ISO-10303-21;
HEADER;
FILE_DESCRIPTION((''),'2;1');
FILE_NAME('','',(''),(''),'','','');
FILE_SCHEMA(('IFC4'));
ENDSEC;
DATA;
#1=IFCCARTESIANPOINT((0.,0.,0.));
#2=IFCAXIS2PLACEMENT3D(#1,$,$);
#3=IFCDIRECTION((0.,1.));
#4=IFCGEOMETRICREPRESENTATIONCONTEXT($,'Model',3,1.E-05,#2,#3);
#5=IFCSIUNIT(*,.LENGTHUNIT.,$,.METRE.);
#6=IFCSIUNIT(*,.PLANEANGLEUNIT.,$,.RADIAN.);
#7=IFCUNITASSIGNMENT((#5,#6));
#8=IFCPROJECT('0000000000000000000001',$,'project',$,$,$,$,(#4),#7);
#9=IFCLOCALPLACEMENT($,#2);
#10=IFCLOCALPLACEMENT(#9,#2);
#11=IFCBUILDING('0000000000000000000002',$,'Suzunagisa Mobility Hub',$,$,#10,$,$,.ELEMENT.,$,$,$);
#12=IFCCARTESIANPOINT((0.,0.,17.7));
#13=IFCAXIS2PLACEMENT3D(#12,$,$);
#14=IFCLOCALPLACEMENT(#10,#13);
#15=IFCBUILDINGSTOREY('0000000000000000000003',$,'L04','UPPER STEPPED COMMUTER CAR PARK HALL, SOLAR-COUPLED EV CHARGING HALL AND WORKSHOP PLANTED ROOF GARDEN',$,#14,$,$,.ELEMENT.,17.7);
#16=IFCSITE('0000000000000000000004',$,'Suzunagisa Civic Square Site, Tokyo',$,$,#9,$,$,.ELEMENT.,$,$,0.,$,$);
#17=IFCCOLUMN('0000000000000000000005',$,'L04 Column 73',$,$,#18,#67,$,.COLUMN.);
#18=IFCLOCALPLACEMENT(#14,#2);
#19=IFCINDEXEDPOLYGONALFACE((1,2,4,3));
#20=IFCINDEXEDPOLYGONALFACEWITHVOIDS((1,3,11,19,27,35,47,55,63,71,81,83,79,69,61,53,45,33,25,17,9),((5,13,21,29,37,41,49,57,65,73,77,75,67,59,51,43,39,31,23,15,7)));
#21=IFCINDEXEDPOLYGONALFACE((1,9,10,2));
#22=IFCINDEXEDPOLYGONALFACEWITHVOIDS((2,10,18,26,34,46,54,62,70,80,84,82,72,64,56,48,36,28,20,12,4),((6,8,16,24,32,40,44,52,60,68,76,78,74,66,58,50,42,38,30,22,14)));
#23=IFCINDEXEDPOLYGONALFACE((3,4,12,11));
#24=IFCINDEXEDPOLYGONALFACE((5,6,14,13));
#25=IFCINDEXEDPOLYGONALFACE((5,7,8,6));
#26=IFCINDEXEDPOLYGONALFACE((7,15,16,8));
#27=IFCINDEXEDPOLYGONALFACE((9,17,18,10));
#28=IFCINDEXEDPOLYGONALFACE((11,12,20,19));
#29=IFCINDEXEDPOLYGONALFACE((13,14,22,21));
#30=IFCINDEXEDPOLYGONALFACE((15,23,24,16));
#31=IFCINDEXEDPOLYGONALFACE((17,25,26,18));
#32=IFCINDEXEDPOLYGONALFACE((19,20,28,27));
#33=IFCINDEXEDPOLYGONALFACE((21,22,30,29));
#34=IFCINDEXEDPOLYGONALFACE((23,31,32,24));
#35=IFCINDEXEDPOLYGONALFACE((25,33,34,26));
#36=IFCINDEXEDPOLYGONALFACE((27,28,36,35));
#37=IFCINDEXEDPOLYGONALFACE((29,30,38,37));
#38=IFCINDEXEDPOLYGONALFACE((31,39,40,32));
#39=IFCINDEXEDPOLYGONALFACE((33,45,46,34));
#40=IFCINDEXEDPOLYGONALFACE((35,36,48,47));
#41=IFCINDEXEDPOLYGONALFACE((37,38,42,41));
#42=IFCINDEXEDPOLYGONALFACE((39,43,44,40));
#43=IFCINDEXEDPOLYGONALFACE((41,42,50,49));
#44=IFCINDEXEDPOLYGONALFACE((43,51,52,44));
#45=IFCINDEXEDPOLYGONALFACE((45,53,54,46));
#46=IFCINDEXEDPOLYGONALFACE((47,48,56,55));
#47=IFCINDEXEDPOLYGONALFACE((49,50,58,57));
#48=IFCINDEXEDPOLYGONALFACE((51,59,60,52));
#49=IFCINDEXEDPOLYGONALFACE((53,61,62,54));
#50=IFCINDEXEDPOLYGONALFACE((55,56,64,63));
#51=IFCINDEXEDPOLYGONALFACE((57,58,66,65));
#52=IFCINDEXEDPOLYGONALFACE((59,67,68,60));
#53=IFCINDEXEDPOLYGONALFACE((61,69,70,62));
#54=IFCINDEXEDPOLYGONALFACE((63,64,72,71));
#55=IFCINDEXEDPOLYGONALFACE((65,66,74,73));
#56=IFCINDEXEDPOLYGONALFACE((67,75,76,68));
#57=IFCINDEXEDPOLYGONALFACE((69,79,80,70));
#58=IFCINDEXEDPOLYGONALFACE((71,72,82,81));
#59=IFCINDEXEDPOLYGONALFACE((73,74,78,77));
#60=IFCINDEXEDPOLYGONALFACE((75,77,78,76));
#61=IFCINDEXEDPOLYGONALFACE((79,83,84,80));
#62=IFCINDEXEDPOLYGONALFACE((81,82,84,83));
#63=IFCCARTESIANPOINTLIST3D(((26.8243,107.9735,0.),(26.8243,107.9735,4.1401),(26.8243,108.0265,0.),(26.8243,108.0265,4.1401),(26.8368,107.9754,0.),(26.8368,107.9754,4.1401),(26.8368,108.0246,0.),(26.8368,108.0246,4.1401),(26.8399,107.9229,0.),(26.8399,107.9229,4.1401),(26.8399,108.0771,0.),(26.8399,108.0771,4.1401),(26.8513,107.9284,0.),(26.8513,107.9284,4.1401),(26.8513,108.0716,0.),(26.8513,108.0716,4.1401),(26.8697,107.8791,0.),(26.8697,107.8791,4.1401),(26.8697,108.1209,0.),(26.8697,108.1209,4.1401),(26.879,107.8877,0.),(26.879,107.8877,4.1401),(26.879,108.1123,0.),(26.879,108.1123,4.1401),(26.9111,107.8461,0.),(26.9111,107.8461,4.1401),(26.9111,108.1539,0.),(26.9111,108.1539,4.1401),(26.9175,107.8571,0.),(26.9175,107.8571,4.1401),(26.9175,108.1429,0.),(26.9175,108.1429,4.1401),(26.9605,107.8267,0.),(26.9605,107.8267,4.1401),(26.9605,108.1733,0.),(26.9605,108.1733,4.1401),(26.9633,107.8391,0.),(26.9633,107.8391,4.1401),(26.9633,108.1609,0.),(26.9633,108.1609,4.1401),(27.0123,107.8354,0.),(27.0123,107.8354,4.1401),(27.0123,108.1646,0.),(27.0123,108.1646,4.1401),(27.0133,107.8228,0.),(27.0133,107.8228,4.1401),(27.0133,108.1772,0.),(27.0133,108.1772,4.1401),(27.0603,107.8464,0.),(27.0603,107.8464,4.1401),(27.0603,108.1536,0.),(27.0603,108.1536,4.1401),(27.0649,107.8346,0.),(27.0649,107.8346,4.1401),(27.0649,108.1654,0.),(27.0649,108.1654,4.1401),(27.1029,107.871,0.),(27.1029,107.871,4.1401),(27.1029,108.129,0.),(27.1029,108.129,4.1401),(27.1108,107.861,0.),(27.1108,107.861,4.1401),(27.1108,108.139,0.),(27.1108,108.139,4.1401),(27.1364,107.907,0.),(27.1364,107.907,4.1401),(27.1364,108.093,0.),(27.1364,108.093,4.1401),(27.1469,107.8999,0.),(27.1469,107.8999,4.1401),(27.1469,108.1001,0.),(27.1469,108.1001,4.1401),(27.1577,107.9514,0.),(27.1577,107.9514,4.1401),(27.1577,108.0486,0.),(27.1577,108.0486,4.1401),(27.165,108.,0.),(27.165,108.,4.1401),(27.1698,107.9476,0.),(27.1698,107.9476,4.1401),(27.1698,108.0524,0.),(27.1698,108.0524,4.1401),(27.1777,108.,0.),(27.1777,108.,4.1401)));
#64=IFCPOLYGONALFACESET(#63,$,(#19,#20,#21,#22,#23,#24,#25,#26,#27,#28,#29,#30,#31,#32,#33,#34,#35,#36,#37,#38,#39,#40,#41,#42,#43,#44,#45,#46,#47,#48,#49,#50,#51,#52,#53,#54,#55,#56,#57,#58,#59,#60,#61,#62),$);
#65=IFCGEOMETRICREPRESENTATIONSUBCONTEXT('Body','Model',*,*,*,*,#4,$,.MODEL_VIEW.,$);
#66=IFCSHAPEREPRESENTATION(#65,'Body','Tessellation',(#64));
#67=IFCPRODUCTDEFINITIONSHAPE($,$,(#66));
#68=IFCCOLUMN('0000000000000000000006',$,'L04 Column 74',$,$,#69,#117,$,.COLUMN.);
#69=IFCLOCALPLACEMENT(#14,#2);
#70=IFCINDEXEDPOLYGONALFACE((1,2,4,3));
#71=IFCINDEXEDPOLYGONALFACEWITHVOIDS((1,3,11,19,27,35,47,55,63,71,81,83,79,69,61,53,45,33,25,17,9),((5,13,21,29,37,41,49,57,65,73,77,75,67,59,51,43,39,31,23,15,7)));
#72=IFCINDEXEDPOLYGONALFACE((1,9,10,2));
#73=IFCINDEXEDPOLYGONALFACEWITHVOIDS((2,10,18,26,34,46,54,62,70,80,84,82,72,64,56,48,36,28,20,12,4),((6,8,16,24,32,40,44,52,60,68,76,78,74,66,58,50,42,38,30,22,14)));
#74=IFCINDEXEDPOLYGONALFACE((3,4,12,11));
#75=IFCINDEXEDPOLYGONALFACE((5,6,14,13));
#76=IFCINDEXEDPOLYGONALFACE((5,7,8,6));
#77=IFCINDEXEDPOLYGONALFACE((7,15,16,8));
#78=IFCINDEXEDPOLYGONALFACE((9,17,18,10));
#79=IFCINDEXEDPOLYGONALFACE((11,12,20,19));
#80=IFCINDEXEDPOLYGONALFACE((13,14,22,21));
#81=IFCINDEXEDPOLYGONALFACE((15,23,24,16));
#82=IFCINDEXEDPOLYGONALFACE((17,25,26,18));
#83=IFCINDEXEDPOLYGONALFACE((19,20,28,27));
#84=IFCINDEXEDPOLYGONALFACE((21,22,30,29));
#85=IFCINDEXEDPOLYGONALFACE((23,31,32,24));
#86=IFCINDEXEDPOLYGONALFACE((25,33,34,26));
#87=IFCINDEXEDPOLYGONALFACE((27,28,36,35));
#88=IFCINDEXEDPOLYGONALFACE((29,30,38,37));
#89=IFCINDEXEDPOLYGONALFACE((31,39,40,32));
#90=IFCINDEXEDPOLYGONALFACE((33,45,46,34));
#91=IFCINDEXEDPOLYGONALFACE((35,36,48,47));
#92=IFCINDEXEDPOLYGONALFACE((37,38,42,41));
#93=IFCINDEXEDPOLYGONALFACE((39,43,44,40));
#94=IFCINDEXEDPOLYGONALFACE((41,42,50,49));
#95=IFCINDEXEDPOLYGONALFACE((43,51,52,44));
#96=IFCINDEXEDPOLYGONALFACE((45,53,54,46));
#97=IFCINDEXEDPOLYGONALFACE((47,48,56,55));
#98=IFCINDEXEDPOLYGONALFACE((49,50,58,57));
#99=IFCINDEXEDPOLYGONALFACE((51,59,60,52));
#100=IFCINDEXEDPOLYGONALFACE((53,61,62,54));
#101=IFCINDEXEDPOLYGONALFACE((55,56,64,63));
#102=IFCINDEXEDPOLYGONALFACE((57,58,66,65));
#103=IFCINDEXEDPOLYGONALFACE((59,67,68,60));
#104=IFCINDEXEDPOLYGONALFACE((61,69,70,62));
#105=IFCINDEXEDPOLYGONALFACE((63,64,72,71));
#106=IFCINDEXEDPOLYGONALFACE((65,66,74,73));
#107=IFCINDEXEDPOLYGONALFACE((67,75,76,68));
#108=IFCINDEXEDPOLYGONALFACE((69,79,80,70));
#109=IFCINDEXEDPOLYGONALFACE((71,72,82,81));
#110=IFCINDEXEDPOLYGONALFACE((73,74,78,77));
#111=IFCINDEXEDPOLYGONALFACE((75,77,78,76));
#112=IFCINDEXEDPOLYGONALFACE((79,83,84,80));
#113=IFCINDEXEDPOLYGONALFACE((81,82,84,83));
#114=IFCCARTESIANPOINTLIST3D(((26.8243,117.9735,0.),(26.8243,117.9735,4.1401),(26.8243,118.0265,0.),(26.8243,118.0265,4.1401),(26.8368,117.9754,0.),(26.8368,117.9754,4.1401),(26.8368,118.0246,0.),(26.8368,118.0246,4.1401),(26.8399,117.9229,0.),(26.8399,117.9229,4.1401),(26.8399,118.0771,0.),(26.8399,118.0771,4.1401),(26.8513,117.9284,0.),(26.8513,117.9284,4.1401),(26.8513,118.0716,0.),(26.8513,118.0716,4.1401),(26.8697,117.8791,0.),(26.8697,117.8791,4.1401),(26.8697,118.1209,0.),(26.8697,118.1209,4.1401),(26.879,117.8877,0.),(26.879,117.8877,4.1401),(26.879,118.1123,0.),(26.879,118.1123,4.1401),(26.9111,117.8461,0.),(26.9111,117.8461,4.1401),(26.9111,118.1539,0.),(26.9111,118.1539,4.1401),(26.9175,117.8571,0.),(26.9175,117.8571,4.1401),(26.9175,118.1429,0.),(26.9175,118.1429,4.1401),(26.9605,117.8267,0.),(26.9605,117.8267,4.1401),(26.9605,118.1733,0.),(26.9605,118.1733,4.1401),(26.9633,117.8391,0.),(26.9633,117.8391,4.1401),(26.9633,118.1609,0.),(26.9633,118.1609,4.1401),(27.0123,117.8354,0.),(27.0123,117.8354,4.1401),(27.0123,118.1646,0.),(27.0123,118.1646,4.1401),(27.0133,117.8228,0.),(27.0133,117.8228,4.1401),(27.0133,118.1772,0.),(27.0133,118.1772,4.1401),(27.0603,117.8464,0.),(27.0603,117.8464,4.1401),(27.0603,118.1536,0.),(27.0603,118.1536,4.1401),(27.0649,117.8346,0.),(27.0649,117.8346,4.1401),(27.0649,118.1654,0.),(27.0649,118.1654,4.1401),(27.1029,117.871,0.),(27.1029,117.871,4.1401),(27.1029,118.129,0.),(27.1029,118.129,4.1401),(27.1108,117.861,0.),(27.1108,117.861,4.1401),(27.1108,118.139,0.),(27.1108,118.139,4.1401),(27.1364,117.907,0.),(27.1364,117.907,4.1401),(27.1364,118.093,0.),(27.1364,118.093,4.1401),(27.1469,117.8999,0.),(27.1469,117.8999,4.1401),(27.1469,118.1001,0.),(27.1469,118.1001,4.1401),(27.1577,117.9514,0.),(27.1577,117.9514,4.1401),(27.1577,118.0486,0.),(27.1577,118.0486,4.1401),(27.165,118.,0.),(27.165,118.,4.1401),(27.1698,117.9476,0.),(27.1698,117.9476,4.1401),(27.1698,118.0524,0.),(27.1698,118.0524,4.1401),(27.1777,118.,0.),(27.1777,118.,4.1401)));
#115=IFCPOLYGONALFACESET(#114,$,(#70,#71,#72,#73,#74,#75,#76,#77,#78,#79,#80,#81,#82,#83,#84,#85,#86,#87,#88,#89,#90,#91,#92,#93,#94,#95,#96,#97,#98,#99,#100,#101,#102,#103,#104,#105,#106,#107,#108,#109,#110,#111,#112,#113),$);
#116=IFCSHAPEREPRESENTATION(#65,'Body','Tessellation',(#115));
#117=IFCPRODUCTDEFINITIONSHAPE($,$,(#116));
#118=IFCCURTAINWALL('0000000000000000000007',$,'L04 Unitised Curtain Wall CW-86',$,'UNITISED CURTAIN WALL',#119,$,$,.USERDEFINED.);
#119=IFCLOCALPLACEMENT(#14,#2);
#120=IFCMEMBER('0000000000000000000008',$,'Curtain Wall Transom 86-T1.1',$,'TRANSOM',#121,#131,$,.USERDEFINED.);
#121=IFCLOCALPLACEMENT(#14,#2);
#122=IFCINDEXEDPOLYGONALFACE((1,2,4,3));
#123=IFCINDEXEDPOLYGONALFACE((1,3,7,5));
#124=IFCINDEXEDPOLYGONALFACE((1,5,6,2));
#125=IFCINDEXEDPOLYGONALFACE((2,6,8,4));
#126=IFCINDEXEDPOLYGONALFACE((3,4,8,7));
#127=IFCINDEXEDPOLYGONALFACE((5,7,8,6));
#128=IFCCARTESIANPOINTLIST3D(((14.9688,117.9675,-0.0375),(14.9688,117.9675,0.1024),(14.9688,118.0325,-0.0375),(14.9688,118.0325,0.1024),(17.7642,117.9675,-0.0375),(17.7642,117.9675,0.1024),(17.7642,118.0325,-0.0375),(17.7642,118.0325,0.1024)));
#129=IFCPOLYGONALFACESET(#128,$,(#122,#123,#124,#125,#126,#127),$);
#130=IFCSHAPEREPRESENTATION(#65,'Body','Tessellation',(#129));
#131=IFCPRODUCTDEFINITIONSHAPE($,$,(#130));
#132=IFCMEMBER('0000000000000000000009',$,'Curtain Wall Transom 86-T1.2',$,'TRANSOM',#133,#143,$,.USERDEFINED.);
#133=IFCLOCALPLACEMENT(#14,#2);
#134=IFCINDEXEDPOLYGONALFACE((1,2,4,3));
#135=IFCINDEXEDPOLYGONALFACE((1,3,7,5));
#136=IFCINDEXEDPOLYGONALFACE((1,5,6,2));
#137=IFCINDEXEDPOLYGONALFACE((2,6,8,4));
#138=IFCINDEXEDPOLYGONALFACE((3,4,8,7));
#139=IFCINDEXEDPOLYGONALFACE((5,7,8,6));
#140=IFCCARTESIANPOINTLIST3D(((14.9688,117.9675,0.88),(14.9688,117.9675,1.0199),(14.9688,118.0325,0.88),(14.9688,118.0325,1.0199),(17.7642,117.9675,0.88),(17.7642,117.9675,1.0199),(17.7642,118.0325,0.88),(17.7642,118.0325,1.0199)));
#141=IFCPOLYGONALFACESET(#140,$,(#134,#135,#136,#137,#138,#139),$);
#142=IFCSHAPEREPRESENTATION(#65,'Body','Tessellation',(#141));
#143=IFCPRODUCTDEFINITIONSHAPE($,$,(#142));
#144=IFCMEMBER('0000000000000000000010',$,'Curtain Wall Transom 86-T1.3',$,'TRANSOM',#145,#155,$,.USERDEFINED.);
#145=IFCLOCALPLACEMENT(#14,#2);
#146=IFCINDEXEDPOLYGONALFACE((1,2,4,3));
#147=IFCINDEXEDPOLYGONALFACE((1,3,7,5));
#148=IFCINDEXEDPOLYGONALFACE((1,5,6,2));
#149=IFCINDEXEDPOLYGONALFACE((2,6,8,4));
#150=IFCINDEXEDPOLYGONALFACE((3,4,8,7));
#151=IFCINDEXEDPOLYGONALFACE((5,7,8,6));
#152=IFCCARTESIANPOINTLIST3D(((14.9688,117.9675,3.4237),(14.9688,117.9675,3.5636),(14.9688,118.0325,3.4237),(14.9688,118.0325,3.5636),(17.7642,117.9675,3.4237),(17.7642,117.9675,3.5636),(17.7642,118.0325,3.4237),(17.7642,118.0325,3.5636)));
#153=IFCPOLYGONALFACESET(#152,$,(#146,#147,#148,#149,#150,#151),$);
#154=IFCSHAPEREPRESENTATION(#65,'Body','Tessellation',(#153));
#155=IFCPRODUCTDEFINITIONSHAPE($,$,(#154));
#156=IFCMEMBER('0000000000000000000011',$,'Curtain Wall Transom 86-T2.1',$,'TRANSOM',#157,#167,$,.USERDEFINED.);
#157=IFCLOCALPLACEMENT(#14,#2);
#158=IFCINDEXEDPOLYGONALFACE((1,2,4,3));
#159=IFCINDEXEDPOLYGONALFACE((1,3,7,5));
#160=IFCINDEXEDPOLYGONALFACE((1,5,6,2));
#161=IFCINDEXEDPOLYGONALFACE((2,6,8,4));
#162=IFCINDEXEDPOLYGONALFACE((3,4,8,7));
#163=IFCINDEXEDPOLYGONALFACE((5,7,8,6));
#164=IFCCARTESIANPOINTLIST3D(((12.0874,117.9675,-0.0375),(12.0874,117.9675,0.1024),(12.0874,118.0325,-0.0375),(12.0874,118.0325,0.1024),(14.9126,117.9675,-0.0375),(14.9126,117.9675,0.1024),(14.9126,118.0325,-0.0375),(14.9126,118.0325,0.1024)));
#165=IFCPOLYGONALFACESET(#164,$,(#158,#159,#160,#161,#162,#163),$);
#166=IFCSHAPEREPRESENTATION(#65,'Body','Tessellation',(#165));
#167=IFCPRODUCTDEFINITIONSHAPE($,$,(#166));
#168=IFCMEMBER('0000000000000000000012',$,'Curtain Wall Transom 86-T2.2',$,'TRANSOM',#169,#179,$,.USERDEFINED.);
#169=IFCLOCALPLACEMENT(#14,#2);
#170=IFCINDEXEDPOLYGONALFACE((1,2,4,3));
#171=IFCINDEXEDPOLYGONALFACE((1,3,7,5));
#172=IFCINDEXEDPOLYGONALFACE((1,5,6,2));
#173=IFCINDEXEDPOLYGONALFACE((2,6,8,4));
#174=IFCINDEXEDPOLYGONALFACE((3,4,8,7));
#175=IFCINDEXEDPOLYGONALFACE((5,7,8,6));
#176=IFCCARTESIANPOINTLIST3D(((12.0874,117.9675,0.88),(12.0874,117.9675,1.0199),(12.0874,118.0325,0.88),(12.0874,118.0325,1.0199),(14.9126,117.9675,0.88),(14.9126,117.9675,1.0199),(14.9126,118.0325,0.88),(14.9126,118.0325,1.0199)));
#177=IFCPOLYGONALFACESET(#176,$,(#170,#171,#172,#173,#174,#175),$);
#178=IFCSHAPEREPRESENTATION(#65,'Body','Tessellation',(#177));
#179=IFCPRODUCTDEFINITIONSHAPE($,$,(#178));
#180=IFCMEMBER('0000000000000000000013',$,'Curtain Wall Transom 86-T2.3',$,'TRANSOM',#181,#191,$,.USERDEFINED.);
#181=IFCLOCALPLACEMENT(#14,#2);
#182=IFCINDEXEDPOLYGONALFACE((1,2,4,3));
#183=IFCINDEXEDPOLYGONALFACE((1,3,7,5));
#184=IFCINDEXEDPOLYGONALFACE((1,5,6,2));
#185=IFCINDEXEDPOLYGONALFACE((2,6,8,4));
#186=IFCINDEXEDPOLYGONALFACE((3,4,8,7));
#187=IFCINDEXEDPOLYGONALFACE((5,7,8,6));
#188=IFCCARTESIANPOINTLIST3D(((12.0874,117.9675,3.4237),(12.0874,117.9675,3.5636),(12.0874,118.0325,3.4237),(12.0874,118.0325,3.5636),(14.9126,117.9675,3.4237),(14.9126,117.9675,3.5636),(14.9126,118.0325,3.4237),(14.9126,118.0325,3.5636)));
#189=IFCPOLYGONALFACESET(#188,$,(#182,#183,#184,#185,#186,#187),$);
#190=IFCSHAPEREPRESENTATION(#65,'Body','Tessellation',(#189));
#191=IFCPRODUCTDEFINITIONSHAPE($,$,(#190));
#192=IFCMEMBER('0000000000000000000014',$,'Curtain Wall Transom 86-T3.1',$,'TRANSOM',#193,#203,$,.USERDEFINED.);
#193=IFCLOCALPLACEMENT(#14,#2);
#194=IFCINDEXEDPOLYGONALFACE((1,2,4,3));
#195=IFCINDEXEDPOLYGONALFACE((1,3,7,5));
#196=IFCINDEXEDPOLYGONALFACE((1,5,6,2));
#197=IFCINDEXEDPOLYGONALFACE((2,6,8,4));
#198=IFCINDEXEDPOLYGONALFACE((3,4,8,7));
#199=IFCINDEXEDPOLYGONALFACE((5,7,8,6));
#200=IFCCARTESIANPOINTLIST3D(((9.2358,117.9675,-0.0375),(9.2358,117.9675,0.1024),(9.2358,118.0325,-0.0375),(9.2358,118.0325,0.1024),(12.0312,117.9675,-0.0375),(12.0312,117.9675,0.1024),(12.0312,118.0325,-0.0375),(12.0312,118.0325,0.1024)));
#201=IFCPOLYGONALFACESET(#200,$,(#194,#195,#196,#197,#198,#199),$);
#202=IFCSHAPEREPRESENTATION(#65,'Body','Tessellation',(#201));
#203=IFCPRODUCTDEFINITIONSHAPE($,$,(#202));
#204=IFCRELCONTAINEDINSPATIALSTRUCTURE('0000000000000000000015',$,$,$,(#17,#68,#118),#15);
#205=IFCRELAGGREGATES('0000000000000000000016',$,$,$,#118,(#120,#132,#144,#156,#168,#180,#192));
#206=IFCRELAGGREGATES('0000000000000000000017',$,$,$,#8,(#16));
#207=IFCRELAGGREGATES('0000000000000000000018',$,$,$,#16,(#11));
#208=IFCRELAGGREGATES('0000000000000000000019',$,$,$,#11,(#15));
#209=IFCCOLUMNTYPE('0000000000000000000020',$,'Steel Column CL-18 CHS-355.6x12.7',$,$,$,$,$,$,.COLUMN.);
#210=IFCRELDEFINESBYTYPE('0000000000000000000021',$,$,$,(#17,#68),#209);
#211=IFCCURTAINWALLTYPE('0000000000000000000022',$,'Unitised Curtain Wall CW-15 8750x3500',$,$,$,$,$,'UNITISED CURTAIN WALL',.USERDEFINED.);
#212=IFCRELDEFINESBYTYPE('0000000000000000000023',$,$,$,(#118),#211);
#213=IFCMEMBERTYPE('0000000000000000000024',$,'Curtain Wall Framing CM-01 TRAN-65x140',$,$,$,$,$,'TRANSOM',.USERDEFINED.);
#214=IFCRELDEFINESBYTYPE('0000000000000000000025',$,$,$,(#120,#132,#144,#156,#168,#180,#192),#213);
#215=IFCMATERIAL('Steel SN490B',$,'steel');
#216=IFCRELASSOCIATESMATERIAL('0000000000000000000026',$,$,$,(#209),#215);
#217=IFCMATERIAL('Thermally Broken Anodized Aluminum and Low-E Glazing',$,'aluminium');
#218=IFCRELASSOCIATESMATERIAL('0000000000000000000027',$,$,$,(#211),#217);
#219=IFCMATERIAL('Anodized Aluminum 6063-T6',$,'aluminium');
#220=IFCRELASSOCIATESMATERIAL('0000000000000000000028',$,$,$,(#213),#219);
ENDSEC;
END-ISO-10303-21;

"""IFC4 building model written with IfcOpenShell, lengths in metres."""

from ifc_helpers import new_model, si_unit, direction, frame, origin, origin_2d, place, context, subcontext, project, spatial, rectangle, hollow_circle, extrude, material, material_profile, profile_set, type_object, element, aggregate, save


model = new_model("IFC4")

# Units and contexts
model_context = context("Model", 3, precision=1e-05, world=origin(), true_north=direction((0.0, 1.0)))
body_context = subcontext(model_context, "Body", "Model", "MODEL_VIEW")
ifc_project = project(units=[si_unit("LENGTHUNIT", "METRE"), si_unit("PLANEANGLEUNIT", "RADIAN")], contexts=[model_context])

# Site, building, storey
site_placement = place(None, origin())
site = spatial("IfcSite", under=ifc_project, at=site_placement, Name="Suzunagisa Civic Square Site, Tokyo", CompositionType="ELEMENT", RefElevation=0.0)
building_placement = place(site_placement, origin())
building = spatial("IfcBuilding", under=site, at=building_placement, Name="Suzunagisa Mobility Hub", CompositionType="ELEMENT")
storey_placement = place(building_placement, frame((0.0, 0.0, 17.7)))
storey = spatial("IfcBuildingStorey", under=building, at=storey_placement, Name="L04", Description="UPPER STEPPED COMMUTER CAR PARK HALL, SOLAR-COUPLED EV CHARGING HALL AND WORKSHOP PLANTED ROOF GARDEN", CompositionType="ELEMENT", Elevation=17.7)

# Columns
ifc_material_1 = material(Name="Steel SN490B", Category="steel")
ifc_material_profile_1 = material_profile(ifc_material_1, hollow_circle(Radius=0.1777, WallThickness=0.0127, at=origin_2d()), Name="CHS-355.6x12.7")
ifc_profile_set_1 = profile_set([ifc_material_profile_1], Name="Steel SN490B")
column_type = type_object("IfcColumnType", Name="Steel Column CL-18 CHS-355.6x12.7", PredefinedType="COLUMN", material=ifc_profile_set_1)
for number, where, z_axis, x_axis, name in (
    (1, (27.0, 108.0, 0.0), (0.0, 0.0, 1.0), (1.0, 0.0, 0.0), "L04 Column 73"),
    (2, (27.0, 118.0, 0.0), (0.0, 0.0, 1.0), (1.0, 0.0, 0.0), "L04 Column 74"),
):
    element("IfcColumn", number, at=place(storey_placement, frame(where, z_axis=z_axis, x_axis=x_axis)), inside=storey, type_object=column_type, Name=name, PredefinedType="COLUMN", context=body_context, shape_type="SweptSolid", body=[
        extrude(hollow_circle(Radius=0.1777, WallThickness=0.0127, at=origin_2d()), origin(), (0.0, 0.0, 1.0), 4.1401),
    ])

# Curtain wall, members
ifc_material_2 = material(Name="Thermally Broken Anodized Aluminum and Low-E Glazing", Category="aluminium")
curtain_wall_type = type_object("IfcCurtainWallType", Name="Unitised Curtain Wall CW-15 8750x3500", ElementType="UNITISED CURTAIN WALL", PredefinedType="USERDEFINED", material=ifc_material_2)
curtain_wall_placement = place(storey_placement, origin())
curtain_wall = element("IfcCurtainWall", 3, at=curtain_wall_placement, inside=storey, type_object=curtain_wall_type, Name="L04 Unitised Curtain Wall CW-86", ObjectType="UNITISED CURTAIN WALL", PredefinedType="USERDEFINED")
ifc_material_3 = material(Name="Anodized Aluminum 6063-T6", Category="aluminium")
ifc_material_profile_2 = material_profile(ifc_material_3, rectangle(XDim=0.0649, YDim=0.1399, at=origin_2d()), Name="TRAN-65x140")
ifc_profile_set_2 = profile_set([ifc_material_profile_2], Name="Anodized Aluminum 6063-T6")
member_type_1 = type_object("IfcMemberType", Name="Curtain Wall Framing CM-01 TRAN-65x140", ElementType="TRANSOM", PredefinedType="USERDEFINED", material=ifc_profile_set_2)
member_1_placement = place(storey_placement, frame((17.7642, 118.0, 0.0325), z_axis=(-1.0, 0.0, 0.0), x_axis=(0.0, -1.0, 0.0)))
member_1 = element("IfcMember", 4, at=member_1_placement, type_object=member_type_1, Name="Curtain Wall Transom 86-T1.1", ObjectType="TRANSOM", PredefinedType="USERDEFINED", context=body_context, shape_type="SweptSolid", body=[
    extrude(rectangle(XDim=0.0649, YDim=0.1399, at=origin_2d()), origin(), (0.0, 0.0, 1.0), 2.7954),
])
member_2_placement = place(storey_placement, frame((17.7642, 118.0, 0.95), z_axis=(-1.0, 0.0, 0.0), x_axis=(0.0, -1.0, 0.0)))
member_2 = element("IfcMember", 5, at=member_2_placement, type_object=member_type_1, Name="Curtain Wall Transom 86-T1.2", ObjectType="TRANSOM", PredefinedType="USERDEFINED", context=body_context, shape_type="SweptSolid", body=[
    extrude(rectangle(XDim=0.0649, YDim=0.1399, at=origin_2d()), origin(), (0.0, 0.0, 1.0), 2.7954),
])
member_3_placement = place(storey_placement, frame((17.7642, 118.0, 3.4937), z_axis=(-1.0, 0.0, 0.0), x_axis=(0.0, -1.0, 0.0)))
member_3 = element("IfcMember", 6, at=member_3_placement, type_object=member_type_1, Name="Curtain Wall Transom 86-T1.3", ObjectType="TRANSOM", PredefinedType="USERDEFINED", context=body_context, shape_type="SweptSolid", body=[
    extrude(rectangle(XDim=0.0649, YDim=0.1399, at=origin_2d()), origin(), (0.0, 0.0, 1.0), 2.7954),
])
member_4_placement = place(storey_placement, frame((14.9126, 118.0, 0.0325), z_axis=(-1.0, 0.0, 0.0), x_axis=(0.0, -1.0, 0.0)))
member_4 = element("IfcMember", 7, at=member_4_placement, type_object=member_type_1, Name="Curtain Wall Transom 86-T2.1", ObjectType="TRANSOM", PredefinedType="USERDEFINED", context=body_context, shape_type="SweptSolid", body=[
    extrude(rectangle(XDim=0.0649, YDim=0.1399, at=origin_2d()), origin(), (0.0, 0.0, 1.0), 2.8252),
])
member_5_placement = place(storey_placement, frame((14.9126, 118.0, 0.95), z_axis=(-1.0, 0.0, 0.0), x_axis=(0.0, -1.0, 0.0)))
member_5 = element("IfcMember", 8, at=member_5_placement, type_object=member_type_1, Name="Curtain Wall Transom 86-T2.2", ObjectType="TRANSOM", PredefinedType="USERDEFINED", context=body_context, shape_type="SweptSolid", body=[
    extrude(rectangle(XDim=0.0649, YDim=0.1399, at=origin_2d()), origin(), (0.0, 0.0, 1.0), 2.8252),
])
member_6_placement = place(storey_placement, frame((14.9126, 118.0, 3.4937), z_axis=(-1.0, 0.0, 0.0), x_axis=(0.0, -1.0, 0.0)))
member_6 = element("IfcMember", 9, at=member_6_placement, type_object=member_type_1, Name="Curtain Wall Transom 86-T2.3", ObjectType="TRANSOM", PredefinedType="USERDEFINED", context=body_context, shape_type="SweptSolid", body=[
    extrude(rectangle(XDim=0.0649, YDim=0.1399, at=origin_2d()), origin(), (0.0, 0.0, 1.0), 2.8252),
])
member_7_placement = place(storey_placement, frame((12.0312, 118.0, 0.0325), z_axis=(-1.0, 0.0, 0.0), x_axis=(0.0, -1.0, 0.0)))
member_7 = element("IfcMember", 10, at=member_7_placement, type_object=member_type_1, Name="Curtain Wall Transom 86-T3.1", ObjectType="TRANSOM", PredefinedType="USERDEFINED", context=body_context, shape_type="SweptSolid", body=[
    extrude(rectangle(XDim=0.0649, YDim=0.1399, at=origin_2d()), origin(), (0.0, 0.0, 1.0), 2.7954),
])

aggregate(curtain_wall, [member_1, member_2, member_3, member_4, member_5, member_6, member_7])

save(model, "model.ifc")
